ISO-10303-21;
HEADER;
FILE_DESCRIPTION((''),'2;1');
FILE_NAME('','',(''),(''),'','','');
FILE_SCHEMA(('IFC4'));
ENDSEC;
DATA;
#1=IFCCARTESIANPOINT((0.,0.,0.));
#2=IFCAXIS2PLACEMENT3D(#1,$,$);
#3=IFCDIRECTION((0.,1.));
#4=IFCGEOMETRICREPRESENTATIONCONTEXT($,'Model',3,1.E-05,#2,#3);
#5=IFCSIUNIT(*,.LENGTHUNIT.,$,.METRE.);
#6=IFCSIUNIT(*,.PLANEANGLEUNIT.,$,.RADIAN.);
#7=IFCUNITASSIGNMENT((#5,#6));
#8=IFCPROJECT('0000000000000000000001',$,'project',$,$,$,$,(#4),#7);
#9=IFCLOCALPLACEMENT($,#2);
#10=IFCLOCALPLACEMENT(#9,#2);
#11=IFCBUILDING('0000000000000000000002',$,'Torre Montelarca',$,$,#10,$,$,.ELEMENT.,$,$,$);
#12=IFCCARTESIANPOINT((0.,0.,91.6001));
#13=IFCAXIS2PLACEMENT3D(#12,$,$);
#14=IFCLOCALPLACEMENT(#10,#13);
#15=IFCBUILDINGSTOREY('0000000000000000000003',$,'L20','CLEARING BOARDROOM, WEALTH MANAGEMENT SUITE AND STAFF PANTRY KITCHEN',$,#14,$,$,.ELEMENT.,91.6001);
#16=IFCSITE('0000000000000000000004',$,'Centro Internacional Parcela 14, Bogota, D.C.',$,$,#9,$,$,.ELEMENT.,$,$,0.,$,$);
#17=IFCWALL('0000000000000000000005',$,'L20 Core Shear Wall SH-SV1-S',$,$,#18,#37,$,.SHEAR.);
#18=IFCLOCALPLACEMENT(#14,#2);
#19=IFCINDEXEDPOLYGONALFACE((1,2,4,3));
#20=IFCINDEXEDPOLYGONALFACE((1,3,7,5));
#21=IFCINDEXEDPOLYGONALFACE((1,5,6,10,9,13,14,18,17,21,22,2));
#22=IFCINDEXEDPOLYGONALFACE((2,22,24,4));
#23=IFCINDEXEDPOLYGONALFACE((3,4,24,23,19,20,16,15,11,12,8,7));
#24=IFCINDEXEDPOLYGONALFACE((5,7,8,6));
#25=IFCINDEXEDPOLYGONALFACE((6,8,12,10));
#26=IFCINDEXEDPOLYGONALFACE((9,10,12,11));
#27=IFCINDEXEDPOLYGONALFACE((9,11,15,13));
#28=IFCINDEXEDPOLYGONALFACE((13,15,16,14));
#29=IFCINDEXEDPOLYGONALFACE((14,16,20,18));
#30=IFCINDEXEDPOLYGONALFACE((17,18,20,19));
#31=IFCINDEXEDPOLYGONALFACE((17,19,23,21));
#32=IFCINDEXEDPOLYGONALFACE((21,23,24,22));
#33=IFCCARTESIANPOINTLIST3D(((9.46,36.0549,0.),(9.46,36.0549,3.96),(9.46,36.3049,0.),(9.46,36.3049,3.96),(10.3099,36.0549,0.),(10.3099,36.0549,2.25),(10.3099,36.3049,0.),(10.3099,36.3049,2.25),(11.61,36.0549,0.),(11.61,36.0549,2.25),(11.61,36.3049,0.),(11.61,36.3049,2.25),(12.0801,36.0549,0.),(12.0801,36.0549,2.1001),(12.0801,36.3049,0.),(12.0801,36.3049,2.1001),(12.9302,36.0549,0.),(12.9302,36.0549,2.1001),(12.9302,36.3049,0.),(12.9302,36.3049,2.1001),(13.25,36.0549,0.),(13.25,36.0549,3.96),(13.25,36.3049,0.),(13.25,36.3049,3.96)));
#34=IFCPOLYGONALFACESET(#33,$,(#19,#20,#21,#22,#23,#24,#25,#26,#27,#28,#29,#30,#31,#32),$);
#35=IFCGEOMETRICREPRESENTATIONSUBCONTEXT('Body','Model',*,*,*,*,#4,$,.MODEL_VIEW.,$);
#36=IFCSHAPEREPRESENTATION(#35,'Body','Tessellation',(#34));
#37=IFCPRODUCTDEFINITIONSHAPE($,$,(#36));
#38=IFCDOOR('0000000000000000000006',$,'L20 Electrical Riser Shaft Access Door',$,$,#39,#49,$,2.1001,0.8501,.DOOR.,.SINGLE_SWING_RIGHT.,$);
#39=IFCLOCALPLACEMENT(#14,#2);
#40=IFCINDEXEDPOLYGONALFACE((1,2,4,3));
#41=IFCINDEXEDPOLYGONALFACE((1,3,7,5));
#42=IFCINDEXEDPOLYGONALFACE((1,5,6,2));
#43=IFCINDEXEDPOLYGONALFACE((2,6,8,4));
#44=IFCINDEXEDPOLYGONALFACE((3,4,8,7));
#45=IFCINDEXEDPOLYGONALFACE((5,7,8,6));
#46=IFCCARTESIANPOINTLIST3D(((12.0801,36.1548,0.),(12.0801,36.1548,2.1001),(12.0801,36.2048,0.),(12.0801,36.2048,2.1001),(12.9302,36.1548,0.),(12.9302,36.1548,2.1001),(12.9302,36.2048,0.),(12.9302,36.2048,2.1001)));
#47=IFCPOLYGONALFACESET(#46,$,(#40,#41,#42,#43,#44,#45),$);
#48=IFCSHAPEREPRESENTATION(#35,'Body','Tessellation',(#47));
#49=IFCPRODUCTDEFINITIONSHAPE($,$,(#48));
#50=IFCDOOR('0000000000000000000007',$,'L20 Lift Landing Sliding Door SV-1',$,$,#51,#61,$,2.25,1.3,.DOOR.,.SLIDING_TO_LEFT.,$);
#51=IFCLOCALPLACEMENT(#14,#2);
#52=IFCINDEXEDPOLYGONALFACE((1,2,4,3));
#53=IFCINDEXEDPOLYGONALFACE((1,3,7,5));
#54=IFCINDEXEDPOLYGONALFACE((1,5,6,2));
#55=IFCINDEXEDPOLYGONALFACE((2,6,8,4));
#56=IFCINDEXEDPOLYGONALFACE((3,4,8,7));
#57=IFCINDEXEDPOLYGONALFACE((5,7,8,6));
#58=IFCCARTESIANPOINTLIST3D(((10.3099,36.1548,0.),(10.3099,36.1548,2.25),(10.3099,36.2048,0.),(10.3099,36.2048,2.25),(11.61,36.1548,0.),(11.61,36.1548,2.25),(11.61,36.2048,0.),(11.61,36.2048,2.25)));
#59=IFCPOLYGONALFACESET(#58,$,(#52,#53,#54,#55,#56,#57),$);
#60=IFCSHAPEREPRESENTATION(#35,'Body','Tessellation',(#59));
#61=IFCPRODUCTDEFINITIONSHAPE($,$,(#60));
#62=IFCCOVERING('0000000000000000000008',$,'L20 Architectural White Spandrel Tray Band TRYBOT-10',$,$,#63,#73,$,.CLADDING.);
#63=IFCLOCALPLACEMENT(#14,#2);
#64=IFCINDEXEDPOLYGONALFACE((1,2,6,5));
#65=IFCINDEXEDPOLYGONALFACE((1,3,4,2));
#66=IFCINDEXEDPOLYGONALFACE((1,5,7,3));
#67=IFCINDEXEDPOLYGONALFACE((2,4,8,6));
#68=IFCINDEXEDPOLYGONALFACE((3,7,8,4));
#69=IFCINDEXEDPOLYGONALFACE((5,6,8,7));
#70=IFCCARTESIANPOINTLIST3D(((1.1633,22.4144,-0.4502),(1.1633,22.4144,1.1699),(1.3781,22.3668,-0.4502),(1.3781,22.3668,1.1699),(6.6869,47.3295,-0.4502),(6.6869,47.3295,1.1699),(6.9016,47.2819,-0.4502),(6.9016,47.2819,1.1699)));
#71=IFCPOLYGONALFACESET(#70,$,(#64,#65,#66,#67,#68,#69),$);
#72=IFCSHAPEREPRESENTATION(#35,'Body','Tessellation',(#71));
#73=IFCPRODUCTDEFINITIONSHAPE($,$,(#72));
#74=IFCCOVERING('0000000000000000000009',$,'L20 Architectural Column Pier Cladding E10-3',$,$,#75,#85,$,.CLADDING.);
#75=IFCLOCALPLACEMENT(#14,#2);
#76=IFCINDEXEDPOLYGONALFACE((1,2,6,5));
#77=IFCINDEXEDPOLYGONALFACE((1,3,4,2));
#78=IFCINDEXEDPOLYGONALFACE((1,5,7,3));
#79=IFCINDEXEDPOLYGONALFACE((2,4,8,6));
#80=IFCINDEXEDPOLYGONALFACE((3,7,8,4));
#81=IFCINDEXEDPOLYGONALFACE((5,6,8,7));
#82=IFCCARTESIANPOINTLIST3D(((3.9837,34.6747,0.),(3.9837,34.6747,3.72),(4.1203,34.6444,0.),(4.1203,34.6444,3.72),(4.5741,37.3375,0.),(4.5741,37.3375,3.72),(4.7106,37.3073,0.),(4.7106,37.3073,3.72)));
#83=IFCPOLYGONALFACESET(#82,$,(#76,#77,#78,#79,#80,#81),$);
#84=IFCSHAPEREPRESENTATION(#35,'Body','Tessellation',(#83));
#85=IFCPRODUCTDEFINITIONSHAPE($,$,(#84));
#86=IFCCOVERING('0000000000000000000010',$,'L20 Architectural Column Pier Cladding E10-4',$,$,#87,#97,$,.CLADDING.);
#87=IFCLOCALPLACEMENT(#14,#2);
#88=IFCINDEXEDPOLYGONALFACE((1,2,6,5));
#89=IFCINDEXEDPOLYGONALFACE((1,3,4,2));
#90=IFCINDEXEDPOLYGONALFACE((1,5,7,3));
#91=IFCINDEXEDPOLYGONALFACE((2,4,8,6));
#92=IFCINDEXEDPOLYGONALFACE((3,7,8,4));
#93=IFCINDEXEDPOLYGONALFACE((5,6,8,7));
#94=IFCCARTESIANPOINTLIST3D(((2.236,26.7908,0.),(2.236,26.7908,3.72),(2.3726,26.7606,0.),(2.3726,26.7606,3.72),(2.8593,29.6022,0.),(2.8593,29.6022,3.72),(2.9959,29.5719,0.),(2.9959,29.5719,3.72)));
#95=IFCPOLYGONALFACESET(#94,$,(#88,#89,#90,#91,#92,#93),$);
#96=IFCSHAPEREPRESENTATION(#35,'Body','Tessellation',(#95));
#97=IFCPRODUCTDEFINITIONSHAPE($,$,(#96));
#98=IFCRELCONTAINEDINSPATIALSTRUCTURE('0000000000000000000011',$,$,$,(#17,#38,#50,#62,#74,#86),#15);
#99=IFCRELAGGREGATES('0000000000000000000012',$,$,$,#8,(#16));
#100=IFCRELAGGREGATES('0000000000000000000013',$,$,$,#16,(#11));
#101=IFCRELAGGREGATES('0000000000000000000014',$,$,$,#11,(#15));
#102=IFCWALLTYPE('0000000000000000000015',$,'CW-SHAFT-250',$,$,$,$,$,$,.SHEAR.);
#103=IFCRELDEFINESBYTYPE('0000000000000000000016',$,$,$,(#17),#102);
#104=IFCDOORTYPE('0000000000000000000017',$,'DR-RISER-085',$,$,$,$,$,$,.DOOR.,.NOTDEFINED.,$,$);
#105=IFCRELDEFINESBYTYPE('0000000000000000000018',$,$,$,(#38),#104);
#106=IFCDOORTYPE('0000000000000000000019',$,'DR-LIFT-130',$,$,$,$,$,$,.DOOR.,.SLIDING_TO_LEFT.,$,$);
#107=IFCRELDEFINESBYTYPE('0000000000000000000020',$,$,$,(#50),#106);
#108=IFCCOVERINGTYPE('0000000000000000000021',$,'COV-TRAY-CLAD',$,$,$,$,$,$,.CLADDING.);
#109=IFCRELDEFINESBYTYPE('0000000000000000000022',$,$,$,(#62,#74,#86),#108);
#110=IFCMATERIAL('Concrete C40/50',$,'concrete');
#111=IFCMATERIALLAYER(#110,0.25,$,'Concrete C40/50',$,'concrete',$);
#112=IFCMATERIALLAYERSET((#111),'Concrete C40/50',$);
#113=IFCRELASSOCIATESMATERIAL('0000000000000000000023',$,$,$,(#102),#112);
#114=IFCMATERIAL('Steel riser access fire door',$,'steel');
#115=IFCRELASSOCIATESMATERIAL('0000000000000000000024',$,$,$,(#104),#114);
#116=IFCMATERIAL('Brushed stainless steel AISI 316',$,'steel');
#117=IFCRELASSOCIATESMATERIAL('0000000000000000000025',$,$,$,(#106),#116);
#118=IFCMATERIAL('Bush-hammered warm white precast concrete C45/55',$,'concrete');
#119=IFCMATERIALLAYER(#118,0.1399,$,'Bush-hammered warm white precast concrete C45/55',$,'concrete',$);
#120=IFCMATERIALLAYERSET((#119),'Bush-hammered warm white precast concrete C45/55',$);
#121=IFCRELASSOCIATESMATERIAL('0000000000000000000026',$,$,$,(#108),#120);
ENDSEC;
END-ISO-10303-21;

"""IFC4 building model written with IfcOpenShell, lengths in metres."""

from ifc_helpers import new_model, si_unit, direction, frame, frame_2d, origin, origin_2d, place, context, subcontext, project, spatial, rectangle, extrude, source, transform, mapped, material, layer, layer_set, type_object, element, fill, save


model = new_model("IFC4")

# Units and contexts
model_context = context("Model", 3, precision=1e-05, world=origin(), true_north=direction((0.0, 1.0)))
body_context = subcontext(model_context, "Body", "Model", "MODEL_VIEW")
ifc_project = project(units=[si_unit("LENGTHUNIT", "METRE"), si_unit("PLANEANGLEUNIT", "RADIAN")], contexts=[model_context])

# Site, building, storey
site_placement = place(None, origin())
site = spatial("IfcSite", under=ifc_project, at=site_placement, Name="Centro Internacional Parcela 14, Bogota, D.C.", CompositionType="ELEMENT", RefElevation=0.0)
building_placement = place(site_placement, origin())
building = spatial("IfcBuilding", under=site, at=building_placement, Name="Torre Montelarca", CompositionType="ELEMENT")
storey_placement = place(building_placement, frame((0.0, 0.0, 91.6001)))
storey = spatial("IfcBuildingStorey", under=building, at=storey_placement, Name="L20", Description="CLEARING BOARDROOM, WEALTH MANAGEMENT SUITE AND STAFF PANTRY KITCHEN", CompositionType="ELEMENT", Elevation=91.6001)

# Shared definitions
ifc_material_1 = material(Name="Concrete C40/50", Category="concrete")
ifc_layer_1 = layer(ifc_material_1, 0.25, Name="Concrete C40/50", Category="concrete")
ifc_layer_set_1 = layer_set([ifc_layer_1], Name="Concrete C40/50")
wall_type = type_object("IfcWallType", Name="CW-SHAFT-250", PredefinedType="SHEAR", material=ifc_layer_set_1)

# Wall, openings, doors
wall_1_placement = place(storey_placement, frame((9.46, 36.1799, 0.0), z_axis=(0.0, 0.0, 1.0), x_axis=(1.0, 0.0, 0.0)))
wall_1 = element("IfcWall", 1, at=wall_1_placement, inside=storey, type_object=wall_type, Name="L20 Core Shear Wall SH-SV1-S", PredefinedType="SHEAR", context=body_context, shape_type="SweptSolid", body=[
    extrude(rectangle(XDim=3.79, YDim=0.25, at=frame_2d((1.895, 0.0))), origin(), (0.0, 0.0, 1.0), 3.96),
])
opening_1_placement = place(wall_1_placement, frame((2.6201, 0.0, 0.0)))
opening_1 = element("IfcOpeningElement", 2, at=opening_1_placement, cuts=wall_1, PredefinedType="OPENING", context=body_context, shape_type="SweptSolid", body=[
    extrude(rectangle(XDim=0.8501, YDim=2.1001, at=frame_2d((0.425, 1.05))), frame((0.0, 0.135, 0.0), z_axis=(0.0, -1.0, 0.0), x_axis=(1.0, 0.0, 0.0)), (0.0, 0.0, 1.0), 0.27),
])
opening_2_placement = place(wall_1_placement, frame((0.8501, 0.0, 0.0)))
opening_2 = element("IfcOpeningElement", 3, at=opening_2_placement, cuts=wall_1, PredefinedType="OPENING", context=body_context, shape_type="SweptSolid", body=[
    extrude(rectangle(XDim=1.3, YDim=2.25, at=frame_2d((0.6499, 1.125))), frame((0.0, 0.135, 0.0), z_axis=(0.0, -1.0, 0.0), x_axis=(1.0, 0.0, 0.0)), (0.0, 0.0, 1.0), 0.27),
])
ifc_material_2 = material(Name="Steel riser access fire door", Category="steel")
door_type_1 = type_object("IfcDoorType", Name="DR-RISER-085", OperationType="NOTDEFINED", PredefinedType="DOOR", material=ifc_material_2)
shared_shape_1 = source(origin(), body_context, "Body", "SweptSolid", [
    extrude(rectangle(XDim=0.8501, YDim=2.1001, at=frame_2d((0.425, 1.05))), frame((0.0, 0.0249, 0.0), z_axis=(0.0, -1.0, 0.0), x_axis=(1.0, 0.0, 0.0)), (0.0, 0.0, 1.0), 0.05),
])
door_1_placement = place(opening_1_placement, origin())
door_1 = element("IfcDoor", 4, at=door_1_placement, inside=storey, type_object=door_type_1, Name="L20 Electrical Riser Shaft Access Door", OperationType="SINGLE_SWING_RIGHT", OverallHeight=2.1001, OverallWidth=0.8501, PredefinedType="DOOR", context=body_context, shape_type="MappedRepresentation", body=[
    mapped(shared_shape_1, transform((0.0, 0.0, 0.0), scale=1.0)),
])
fill(opening_1, door_1)
ifc_material_3 = material(Name="Brushed stainless steel AISI 316", Category="steel")
door_type_2 = type_object("IfcDoorType", Name="DR-LIFT-130", OperationType="SLIDING_TO_LEFT", PredefinedType="DOOR", material=ifc_material_3)
shared_shape_2 = source(origin(), body_context, "Body", "SweptSolid", [
    extrude(rectangle(XDim=1.3, YDim=2.25, at=frame_2d((0.6499, 1.125))), frame((0.0, 0.0249, 0.0), z_axis=(0.0, -1.0, 0.0), x_axis=(1.0, 0.0, 0.0)), (0.0, 0.0, 1.0), 0.05),
])
door_2_placement = place(opening_2_placement, origin())
door_2 = element("IfcDoor", 5, at=door_2_placement, inside=storey, type_object=door_type_2, Name="L20 Lift Landing Sliding Door SV-1", OperationType="SLIDING_TO_LEFT", OverallHeight=2.25, OverallWidth=1.3, PredefinedType="DOOR", context=body_context, shape_type="MappedRepresentation", body=[
    mapped(shared_shape_2, transform((0.0, 0.0, 0.0), scale=1.0)),
])
fill(opening_2, door_2)

# Coverings
ifc_material_4 = material(Name="Bush-hammered warm white precast concrete C45/55", Category="concrete")
ifc_layer_2 = layer(ifc_material_4, 0.1399, Name="Bush-hammered warm white precast concrete C45/55", Category="concrete")
ifc_layer_set_2 = layer_set([ifc_layer_2], Name="Bush-hammered warm white precast concrete C45/55")
covering_type = type_object("IfcCoveringType", Name="COV-TRAY-CLAD", PredefinedType="CLADDING", material=ifc_layer_set_2)
shared_shape_3 = source(origin(), body_context, "Body", "SweptSolid", [
    extrude(rectangle(XDim=25.52, YDim=0.22, at=origin_2d()), origin(), (0.0, 0.0, 1.0), 1.6201),
])
covering_1_placement = place(storey_placement, frame((4.0325, 34.8481, -0.4502), z_axis=(0.0, 0.0, 1.0), x_axis=(-0.216441, -0.976296, 0.0)))
element("IfcCovering", 6, at=covering_1_placement, inside=storey, type_object=covering_type, Name="L20 Architectural White Spandrel Tray Band TRYBOT-10", PredefinedType="CLADDING", context=body_context, shape_type="MappedRepresentation", body=[
    mapped(shared_shape_3, transform((0.0, 0.0, 0.0), scale=1.0)),
])
shared_shape_4 = source(origin(), body_context, "Body", "SweptSolid", [
    extrude(rectangle(XDim=2.7275, YDim=0.1399, at=origin_2d()), origin(), (0.0, 0.0, 1.0), 3.72),
])
covering_2_placement = place(storey_placement, frame((4.3472, 35.991, 0.0), z_axis=(0.0, 0.0, 1.0), x_axis=(-0.216441, -0.976296, 0.0)))
element("IfcCovering", 7, at=covering_2_placement, inside=storey, type_object=covering_type, Name="L20 Architectural Column Pier Cladding E10-3", PredefinedType="CLADDING", context=body_context, shape_type="MappedRepresentation", body=[
    mapped(shared_shape_4, transform((0.0, 0.0, 0.0), scale=1.0)),
])
shared_shape_5 = source(origin(), body_context, "Body", "SweptSolid", [
    extrude(rectangle(XDim=2.8796, YDim=0.1399, at=origin_2d()), origin(), (0.0, 0.0, 1.0), 3.72),
])
covering_3_placement = place(storey_placement, frame((2.616, 28.1814, 0.0), z_axis=(0.0, 0.0, 1.0), x_axis=(-0.216441, -0.976296, 0.0)))
element("IfcCovering", 8, at=covering_3_placement, inside=storey, type_object=covering_type, Name="L20 Architectural Column Pier Cladding E10-4", PredefinedType="CLADDING", context=body_context, shape_type="MappedRepresentation", body=[
    mapped(shared_shape_5, transform((0.0, 0.0, 0.0), scale=1.0)),
])

save(model, "model.ifc")
